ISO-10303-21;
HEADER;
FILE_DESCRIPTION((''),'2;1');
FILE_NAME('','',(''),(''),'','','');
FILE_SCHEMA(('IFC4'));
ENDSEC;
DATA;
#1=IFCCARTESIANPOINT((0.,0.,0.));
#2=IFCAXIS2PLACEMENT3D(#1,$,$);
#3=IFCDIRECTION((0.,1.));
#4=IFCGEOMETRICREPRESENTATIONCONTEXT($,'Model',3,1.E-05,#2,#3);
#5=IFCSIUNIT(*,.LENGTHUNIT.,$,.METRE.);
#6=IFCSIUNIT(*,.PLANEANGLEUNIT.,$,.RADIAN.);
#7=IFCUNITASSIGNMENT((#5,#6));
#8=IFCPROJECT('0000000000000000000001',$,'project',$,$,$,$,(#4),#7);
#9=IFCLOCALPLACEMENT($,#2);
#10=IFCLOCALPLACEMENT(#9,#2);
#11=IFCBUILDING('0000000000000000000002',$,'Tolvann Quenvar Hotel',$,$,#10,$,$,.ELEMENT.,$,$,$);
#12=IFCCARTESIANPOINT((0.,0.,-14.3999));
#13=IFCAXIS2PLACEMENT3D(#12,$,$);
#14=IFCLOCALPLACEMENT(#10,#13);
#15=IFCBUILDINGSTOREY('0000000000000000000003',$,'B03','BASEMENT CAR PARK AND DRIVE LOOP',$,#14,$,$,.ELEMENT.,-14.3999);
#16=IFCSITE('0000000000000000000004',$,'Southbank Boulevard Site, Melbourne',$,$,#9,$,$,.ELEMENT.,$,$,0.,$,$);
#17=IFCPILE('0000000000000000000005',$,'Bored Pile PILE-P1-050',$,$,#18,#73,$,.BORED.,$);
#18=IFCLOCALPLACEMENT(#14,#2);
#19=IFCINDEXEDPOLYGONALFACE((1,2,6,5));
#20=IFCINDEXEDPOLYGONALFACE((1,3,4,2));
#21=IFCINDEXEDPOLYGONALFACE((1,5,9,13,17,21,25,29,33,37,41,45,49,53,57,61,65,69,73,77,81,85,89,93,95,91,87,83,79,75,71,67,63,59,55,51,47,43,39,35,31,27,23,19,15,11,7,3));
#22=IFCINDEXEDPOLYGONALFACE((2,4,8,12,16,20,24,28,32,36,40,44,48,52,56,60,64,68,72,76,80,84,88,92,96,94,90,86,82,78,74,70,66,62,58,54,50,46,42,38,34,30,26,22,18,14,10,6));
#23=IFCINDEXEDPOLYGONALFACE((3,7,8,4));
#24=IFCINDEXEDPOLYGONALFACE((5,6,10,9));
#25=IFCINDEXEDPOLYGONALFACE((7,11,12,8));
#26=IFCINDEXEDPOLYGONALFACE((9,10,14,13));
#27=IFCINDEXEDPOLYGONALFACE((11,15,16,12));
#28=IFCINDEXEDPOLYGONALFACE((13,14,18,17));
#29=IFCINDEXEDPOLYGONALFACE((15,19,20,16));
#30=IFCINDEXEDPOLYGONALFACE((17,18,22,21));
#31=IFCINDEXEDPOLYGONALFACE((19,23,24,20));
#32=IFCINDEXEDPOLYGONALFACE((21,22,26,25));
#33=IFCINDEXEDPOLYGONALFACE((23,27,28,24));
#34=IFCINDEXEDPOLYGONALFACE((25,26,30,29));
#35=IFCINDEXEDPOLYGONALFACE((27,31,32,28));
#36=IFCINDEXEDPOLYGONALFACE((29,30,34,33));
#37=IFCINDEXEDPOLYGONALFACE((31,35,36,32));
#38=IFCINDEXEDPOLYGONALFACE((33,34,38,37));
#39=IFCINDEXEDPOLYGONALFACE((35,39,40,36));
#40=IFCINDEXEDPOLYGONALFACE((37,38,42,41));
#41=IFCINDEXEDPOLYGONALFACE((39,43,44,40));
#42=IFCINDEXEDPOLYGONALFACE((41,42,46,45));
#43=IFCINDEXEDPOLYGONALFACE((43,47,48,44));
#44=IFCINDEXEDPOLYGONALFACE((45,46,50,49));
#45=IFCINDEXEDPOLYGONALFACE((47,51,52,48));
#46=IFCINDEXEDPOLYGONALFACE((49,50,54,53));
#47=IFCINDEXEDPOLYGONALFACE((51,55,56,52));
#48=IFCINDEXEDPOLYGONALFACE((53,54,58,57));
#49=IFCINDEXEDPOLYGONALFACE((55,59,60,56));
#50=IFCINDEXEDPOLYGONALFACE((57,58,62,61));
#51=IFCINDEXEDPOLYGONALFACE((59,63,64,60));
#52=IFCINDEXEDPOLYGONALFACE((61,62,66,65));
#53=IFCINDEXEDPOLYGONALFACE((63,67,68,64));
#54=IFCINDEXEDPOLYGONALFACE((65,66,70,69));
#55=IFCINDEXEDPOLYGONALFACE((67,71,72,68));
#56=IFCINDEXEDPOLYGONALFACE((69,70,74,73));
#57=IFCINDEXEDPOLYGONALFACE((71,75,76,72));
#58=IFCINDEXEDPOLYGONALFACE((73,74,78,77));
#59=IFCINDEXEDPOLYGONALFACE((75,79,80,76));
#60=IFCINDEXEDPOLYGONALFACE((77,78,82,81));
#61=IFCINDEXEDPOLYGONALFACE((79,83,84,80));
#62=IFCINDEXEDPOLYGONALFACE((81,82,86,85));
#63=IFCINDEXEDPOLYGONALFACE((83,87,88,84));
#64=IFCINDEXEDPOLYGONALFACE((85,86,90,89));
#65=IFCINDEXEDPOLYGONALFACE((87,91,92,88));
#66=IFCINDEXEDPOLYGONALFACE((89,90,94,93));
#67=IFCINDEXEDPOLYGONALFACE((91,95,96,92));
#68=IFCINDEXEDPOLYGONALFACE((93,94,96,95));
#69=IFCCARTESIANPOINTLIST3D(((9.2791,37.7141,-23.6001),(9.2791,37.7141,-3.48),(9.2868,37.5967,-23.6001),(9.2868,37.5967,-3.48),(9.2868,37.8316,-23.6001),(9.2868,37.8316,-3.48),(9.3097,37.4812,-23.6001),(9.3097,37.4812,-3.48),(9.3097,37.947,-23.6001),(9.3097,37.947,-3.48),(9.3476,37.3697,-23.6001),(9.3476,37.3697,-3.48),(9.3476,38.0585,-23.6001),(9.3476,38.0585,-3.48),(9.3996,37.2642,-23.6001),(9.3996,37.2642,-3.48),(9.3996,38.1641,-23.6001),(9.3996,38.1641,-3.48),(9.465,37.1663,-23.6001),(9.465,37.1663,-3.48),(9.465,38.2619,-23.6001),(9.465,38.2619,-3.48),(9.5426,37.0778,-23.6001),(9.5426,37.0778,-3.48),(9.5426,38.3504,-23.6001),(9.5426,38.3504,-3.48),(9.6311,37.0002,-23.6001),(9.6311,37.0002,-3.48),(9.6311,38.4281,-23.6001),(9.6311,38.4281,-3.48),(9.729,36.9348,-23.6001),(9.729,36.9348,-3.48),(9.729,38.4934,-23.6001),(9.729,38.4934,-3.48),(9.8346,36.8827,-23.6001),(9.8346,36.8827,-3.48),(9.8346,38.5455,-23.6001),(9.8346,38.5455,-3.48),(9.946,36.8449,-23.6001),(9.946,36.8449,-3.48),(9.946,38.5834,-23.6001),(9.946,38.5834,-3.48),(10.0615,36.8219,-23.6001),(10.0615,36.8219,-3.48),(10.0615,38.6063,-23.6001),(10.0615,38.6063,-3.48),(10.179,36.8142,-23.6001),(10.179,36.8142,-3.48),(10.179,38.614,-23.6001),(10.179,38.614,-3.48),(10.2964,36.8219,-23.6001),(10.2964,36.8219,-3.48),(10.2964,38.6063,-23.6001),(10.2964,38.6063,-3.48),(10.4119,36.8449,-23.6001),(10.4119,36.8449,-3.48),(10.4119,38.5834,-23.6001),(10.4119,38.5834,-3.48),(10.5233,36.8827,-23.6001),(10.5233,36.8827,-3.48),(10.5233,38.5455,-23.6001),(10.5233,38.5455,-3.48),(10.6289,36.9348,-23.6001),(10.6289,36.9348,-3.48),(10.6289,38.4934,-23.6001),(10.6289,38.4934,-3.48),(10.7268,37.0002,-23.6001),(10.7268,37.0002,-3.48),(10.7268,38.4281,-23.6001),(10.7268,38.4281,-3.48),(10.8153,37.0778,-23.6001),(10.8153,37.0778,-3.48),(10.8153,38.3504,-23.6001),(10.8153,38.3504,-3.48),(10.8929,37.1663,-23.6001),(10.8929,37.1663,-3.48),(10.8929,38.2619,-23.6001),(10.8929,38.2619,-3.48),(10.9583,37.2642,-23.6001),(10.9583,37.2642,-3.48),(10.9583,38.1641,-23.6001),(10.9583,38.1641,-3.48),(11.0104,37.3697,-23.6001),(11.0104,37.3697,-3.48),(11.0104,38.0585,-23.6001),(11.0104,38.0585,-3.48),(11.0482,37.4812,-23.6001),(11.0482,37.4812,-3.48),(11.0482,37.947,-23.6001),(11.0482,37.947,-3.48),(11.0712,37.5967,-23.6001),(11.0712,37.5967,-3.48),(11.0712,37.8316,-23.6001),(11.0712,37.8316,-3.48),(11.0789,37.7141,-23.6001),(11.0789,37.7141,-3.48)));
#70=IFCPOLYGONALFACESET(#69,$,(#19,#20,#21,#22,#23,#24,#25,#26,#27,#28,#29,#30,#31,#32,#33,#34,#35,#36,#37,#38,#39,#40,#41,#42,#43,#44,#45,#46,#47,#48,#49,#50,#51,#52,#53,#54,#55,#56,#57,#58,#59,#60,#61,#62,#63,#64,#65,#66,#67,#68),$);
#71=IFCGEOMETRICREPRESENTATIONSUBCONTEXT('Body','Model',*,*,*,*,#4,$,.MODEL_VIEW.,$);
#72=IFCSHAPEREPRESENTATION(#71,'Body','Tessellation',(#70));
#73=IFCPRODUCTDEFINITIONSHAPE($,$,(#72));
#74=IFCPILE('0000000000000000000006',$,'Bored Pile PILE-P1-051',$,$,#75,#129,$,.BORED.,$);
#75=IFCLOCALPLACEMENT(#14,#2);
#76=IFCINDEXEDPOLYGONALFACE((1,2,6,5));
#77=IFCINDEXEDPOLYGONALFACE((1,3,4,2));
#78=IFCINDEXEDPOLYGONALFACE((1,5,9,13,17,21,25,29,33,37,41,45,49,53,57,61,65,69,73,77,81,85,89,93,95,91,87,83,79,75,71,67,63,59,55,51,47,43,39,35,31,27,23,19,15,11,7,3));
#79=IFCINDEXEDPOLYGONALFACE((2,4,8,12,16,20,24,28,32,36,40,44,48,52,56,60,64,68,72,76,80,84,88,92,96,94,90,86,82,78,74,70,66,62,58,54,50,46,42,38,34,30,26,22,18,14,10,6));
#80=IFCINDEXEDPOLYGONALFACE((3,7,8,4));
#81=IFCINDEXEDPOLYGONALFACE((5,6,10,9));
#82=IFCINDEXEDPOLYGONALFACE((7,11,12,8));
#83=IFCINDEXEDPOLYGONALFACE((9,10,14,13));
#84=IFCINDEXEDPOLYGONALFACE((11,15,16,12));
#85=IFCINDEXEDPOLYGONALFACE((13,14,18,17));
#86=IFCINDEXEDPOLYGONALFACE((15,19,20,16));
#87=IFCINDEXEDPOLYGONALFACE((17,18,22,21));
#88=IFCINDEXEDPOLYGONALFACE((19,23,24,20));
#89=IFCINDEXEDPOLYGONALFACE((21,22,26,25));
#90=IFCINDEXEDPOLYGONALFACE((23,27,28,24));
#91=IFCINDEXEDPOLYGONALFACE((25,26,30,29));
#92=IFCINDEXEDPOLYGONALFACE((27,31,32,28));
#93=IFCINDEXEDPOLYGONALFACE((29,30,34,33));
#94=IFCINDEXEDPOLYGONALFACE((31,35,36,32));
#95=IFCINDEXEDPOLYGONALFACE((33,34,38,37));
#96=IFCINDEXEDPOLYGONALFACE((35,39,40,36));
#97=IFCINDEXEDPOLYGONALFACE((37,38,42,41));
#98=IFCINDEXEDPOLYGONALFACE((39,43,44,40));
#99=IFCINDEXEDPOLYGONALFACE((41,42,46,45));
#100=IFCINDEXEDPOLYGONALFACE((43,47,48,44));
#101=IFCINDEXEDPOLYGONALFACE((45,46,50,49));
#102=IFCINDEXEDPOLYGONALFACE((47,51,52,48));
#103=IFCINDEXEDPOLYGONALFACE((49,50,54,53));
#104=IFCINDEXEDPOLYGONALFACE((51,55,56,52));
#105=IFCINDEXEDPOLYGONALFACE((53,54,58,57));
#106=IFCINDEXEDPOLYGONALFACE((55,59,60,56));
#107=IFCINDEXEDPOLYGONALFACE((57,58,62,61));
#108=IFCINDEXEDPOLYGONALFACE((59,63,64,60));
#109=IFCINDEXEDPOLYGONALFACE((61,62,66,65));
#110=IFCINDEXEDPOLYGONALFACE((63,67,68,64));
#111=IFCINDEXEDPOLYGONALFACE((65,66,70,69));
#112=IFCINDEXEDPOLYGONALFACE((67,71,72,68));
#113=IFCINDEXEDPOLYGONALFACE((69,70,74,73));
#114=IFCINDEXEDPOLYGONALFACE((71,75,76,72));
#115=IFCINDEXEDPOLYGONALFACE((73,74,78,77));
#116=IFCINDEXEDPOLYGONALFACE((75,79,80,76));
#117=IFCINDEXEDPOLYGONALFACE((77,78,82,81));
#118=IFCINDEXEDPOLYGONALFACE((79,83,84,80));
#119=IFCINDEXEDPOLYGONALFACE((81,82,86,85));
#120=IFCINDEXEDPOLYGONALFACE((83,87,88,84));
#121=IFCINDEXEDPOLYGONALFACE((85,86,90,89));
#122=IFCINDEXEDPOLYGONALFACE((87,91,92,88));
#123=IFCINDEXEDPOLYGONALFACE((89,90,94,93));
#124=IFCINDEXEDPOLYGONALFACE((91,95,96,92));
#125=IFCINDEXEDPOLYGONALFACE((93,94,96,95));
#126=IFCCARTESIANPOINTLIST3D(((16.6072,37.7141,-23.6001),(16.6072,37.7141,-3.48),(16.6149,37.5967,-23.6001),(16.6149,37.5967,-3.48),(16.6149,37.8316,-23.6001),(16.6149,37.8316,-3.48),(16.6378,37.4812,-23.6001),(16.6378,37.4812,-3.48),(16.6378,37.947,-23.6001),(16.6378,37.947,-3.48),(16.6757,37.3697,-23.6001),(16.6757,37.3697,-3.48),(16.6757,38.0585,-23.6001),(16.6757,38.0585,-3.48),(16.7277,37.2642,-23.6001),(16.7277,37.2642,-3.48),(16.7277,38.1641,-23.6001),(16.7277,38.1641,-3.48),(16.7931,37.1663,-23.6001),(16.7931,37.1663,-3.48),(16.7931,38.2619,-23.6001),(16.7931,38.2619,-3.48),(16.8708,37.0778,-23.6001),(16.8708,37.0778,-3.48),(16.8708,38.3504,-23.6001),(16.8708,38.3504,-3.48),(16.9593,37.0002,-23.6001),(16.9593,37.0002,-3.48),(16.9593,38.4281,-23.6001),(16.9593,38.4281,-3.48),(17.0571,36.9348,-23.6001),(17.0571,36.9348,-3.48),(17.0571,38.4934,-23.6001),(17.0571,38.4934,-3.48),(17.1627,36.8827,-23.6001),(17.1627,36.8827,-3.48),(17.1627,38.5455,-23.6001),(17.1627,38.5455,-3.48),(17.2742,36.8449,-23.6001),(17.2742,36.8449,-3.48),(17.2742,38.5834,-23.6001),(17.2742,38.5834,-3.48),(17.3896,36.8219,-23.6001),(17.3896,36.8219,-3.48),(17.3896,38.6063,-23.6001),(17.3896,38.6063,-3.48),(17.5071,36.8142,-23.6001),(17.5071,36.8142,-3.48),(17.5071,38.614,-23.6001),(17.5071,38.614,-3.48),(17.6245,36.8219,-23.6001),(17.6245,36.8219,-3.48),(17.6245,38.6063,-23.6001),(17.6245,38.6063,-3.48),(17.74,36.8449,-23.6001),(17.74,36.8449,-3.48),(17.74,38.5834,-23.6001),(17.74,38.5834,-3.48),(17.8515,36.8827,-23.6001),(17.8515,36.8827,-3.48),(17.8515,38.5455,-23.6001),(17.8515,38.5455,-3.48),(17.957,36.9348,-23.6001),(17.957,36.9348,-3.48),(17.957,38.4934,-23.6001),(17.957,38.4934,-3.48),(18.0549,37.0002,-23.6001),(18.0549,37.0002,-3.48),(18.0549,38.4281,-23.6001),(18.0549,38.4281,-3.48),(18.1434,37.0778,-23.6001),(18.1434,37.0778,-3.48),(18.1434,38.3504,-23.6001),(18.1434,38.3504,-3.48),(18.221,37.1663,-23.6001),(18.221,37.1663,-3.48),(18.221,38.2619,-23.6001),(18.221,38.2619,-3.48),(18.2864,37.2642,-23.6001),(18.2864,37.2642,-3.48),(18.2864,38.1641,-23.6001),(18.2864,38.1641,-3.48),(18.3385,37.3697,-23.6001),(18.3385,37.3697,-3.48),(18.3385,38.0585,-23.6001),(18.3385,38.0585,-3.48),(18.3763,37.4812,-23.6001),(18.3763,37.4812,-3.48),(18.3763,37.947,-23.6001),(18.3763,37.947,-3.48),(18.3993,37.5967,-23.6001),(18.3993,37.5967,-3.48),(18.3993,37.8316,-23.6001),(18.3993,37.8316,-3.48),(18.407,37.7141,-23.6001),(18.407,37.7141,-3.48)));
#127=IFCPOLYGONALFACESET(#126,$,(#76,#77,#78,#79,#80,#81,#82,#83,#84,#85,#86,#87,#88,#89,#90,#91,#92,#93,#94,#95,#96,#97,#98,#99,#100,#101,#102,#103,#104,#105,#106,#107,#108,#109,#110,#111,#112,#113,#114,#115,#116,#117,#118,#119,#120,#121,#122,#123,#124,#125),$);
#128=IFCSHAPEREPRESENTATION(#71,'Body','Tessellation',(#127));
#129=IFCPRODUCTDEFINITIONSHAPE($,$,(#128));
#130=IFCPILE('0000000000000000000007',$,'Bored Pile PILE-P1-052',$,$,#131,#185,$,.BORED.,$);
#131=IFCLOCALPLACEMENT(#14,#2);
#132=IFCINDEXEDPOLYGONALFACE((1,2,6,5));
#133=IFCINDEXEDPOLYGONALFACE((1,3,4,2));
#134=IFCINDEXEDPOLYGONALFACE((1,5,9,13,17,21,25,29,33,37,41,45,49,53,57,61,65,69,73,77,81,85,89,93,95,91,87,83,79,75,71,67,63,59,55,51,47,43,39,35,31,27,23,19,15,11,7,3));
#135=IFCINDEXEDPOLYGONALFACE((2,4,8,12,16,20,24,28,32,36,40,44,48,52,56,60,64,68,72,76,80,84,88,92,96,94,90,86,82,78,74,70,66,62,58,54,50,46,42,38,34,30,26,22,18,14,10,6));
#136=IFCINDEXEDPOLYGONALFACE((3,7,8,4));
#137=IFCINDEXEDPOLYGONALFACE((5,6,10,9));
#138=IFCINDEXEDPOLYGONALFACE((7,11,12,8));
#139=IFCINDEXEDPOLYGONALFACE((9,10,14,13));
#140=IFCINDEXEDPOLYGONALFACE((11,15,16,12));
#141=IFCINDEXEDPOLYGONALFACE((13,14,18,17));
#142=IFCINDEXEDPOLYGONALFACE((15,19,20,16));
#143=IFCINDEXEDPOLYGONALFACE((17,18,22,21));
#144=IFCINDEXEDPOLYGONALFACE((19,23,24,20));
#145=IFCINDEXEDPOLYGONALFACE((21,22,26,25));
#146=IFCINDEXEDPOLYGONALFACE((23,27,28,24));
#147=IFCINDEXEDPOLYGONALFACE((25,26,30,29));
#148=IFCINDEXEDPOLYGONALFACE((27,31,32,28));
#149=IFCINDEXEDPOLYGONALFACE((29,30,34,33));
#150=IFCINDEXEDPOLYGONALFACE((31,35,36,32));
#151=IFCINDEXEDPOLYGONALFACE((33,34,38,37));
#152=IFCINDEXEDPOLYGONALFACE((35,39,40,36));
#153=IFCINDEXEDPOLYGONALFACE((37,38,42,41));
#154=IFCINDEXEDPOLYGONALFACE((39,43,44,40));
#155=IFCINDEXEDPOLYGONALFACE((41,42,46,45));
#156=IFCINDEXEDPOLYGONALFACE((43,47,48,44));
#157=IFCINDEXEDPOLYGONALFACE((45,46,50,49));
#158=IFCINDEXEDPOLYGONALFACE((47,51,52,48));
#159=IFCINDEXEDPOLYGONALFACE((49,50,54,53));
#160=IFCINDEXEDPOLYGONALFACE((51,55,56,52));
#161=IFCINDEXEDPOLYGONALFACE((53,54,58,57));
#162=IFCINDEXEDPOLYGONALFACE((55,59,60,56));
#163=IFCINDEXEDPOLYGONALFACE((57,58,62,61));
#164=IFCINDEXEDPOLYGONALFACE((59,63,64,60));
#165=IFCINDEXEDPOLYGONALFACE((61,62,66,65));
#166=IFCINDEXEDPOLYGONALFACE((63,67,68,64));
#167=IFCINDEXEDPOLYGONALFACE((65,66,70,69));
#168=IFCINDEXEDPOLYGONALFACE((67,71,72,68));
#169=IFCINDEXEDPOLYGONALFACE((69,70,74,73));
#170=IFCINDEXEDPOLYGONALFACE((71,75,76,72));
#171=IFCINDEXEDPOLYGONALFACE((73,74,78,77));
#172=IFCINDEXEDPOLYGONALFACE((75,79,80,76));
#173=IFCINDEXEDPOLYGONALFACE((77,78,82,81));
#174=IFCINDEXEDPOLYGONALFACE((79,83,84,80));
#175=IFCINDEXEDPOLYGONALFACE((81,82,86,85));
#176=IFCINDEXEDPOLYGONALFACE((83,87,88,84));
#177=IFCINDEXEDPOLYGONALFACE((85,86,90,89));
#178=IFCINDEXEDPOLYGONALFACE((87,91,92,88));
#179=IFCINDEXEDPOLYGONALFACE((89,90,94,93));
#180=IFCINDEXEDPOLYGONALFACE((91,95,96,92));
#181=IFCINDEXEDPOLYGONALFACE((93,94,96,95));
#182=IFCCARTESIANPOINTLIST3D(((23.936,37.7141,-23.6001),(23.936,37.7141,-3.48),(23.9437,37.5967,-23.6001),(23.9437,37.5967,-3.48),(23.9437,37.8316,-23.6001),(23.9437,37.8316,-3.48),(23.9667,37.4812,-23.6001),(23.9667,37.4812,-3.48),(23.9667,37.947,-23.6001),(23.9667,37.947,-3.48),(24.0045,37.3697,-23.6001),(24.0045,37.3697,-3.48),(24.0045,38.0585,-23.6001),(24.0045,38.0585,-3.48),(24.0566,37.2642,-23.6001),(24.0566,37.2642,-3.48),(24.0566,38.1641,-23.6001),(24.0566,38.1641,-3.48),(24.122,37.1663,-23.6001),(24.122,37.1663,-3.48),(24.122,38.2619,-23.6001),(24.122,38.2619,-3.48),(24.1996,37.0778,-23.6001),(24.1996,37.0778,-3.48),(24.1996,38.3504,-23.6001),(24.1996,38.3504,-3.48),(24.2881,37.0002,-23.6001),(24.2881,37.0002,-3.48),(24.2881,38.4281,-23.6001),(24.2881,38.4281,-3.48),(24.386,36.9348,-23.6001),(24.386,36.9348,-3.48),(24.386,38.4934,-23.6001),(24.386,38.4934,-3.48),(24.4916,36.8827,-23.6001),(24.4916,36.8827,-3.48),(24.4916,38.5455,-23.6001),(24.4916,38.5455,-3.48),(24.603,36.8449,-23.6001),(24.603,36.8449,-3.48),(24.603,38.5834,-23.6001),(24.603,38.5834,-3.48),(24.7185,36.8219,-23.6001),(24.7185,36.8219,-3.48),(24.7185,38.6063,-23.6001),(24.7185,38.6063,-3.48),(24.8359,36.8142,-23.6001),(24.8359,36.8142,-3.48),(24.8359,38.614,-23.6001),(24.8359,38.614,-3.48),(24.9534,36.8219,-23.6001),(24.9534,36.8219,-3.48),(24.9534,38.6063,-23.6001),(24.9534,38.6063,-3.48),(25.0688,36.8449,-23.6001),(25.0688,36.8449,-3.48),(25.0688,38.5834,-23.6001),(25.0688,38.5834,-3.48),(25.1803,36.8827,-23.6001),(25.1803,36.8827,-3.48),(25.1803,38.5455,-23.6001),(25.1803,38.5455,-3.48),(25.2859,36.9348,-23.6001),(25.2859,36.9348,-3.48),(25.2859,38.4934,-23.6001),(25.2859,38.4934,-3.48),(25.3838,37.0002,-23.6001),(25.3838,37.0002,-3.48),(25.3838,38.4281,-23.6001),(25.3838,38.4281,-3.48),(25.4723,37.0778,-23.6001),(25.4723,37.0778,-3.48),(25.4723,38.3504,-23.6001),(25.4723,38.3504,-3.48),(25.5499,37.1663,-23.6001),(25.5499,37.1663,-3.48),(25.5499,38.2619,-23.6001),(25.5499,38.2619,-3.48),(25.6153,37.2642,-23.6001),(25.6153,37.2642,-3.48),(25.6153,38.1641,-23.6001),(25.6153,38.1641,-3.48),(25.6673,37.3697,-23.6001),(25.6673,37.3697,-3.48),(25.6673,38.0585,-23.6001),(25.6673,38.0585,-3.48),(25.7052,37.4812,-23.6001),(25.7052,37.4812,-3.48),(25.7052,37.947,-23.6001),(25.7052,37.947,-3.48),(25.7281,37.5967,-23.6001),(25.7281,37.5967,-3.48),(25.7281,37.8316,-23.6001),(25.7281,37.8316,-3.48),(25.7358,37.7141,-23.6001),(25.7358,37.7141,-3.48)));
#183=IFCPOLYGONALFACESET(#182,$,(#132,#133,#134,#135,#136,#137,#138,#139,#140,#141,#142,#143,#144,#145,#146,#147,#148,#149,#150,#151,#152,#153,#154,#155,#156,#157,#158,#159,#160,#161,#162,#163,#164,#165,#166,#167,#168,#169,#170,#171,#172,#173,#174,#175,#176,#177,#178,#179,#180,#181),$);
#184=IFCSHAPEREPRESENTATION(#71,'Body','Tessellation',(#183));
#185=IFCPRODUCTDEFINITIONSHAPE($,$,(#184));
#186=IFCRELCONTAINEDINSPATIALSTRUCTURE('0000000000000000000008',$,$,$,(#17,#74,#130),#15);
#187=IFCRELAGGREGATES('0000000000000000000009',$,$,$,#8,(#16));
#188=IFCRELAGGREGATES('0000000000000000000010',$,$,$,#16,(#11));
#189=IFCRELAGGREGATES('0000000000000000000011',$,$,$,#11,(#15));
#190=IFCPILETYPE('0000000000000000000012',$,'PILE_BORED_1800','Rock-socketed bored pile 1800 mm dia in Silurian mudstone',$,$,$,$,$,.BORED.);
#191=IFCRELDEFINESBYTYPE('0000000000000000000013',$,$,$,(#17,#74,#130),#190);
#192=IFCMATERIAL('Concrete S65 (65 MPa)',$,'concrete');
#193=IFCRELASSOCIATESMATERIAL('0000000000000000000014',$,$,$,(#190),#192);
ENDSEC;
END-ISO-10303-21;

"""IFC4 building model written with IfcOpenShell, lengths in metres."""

from ifc_helpers import new_model, si_unit, direction, frame, origin, origin_2d, place, context, subcontext, project, spatial, circle, extrude, material, material_profile, profile_set, type_object, element, save


model = new_model("IFC4")

# Units and contexts
model_context = context("Model", 3, precision=1e-05, world=origin(), true_north=direction((0.0, 1.0)))
body_context = subcontext(model_context, "Body", "Model", "MODEL_VIEW")
ifc_project = project(units=[si_unit("LENGTHUNIT", "METRE"), si_unit("PLANEANGLEUNIT", "RADIAN")], contexts=[model_context])

# Site, building, storey
site_placement = place(None, origin())
site = spatial("IfcSite", under=ifc_project, at=site_placement, Name="Southbank Boulevard Site, Melbourne", CompositionType="ELEMENT", RefElevation=0.0)
building_placement = place(site_placement, origin())
building = spatial("IfcBuilding", under=site, at=building_placement, Name="Tolvann Quenvar Hotel", CompositionType="ELEMENT")
storey_placement = place(building_placement, frame((0.0, 0.0, -14.3999)))
storey = spatial("IfcBuildingStorey", under=building, at=storey_placement, Name="B03", Description="BASEMENT CAR PARK AND DRIVE LOOP", CompositionType="ELEMENT", Elevation=-14.3999)

# Piles
ifc_material_1 = material(Name="Concrete S65 (65 MPa)", Category="concrete")
ifc_material_profile_1 = material_profile(ifc_material_1, circle(Radius=0.8999, at=origin_2d()), Name="PILE1800")
ifc_profile_set_1 = profile_set([ifc_material_profile_1], Name="Concrete S65 (65 MPa)")
pile_type = type_object("IfcPileType", Name="PILE_BORED_1800", Description="Rock-socketed bored pile 1800 mm dia in Silurian mudstone", PredefinedType="BORED", material=ifc_profile_set_1)
for number, where, z_axis, x_axis, name in (
    (1, (10.179, 37.7141, -3.48), (0.0, 0.0, -1.0), (1.0, 0.0, 0.0), "Bored Pile PILE-P1-050"),
    (2, (17.5071, 37.7141, -3.48), (0.0, 0.0, -1.0), (1.0, 0.0, 0.0), "Bored Pile PILE-P1-051"),
    (3, (24.8359, 37.7141, -3.48), (0.0, 0.0, -1.0), (1.0, 0.0, 0.0), "Bored Pile PILE-P1-052"),
):
    element("IfcPile", number, at=place(storey_placement, frame(where, z_axis=z_axis, x_axis=x_axis)), inside=storey, type_object=pile_type, Name=name, PredefinedType="BORED", context=body_context, shape_type="SweptSolid", body=[
        extrude(circle(Radius=0.8999, at=origin_2d()), origin(), (0.0, 0.0, 1.0), 20.1201),
    ])

save(model, "model.ifc")
